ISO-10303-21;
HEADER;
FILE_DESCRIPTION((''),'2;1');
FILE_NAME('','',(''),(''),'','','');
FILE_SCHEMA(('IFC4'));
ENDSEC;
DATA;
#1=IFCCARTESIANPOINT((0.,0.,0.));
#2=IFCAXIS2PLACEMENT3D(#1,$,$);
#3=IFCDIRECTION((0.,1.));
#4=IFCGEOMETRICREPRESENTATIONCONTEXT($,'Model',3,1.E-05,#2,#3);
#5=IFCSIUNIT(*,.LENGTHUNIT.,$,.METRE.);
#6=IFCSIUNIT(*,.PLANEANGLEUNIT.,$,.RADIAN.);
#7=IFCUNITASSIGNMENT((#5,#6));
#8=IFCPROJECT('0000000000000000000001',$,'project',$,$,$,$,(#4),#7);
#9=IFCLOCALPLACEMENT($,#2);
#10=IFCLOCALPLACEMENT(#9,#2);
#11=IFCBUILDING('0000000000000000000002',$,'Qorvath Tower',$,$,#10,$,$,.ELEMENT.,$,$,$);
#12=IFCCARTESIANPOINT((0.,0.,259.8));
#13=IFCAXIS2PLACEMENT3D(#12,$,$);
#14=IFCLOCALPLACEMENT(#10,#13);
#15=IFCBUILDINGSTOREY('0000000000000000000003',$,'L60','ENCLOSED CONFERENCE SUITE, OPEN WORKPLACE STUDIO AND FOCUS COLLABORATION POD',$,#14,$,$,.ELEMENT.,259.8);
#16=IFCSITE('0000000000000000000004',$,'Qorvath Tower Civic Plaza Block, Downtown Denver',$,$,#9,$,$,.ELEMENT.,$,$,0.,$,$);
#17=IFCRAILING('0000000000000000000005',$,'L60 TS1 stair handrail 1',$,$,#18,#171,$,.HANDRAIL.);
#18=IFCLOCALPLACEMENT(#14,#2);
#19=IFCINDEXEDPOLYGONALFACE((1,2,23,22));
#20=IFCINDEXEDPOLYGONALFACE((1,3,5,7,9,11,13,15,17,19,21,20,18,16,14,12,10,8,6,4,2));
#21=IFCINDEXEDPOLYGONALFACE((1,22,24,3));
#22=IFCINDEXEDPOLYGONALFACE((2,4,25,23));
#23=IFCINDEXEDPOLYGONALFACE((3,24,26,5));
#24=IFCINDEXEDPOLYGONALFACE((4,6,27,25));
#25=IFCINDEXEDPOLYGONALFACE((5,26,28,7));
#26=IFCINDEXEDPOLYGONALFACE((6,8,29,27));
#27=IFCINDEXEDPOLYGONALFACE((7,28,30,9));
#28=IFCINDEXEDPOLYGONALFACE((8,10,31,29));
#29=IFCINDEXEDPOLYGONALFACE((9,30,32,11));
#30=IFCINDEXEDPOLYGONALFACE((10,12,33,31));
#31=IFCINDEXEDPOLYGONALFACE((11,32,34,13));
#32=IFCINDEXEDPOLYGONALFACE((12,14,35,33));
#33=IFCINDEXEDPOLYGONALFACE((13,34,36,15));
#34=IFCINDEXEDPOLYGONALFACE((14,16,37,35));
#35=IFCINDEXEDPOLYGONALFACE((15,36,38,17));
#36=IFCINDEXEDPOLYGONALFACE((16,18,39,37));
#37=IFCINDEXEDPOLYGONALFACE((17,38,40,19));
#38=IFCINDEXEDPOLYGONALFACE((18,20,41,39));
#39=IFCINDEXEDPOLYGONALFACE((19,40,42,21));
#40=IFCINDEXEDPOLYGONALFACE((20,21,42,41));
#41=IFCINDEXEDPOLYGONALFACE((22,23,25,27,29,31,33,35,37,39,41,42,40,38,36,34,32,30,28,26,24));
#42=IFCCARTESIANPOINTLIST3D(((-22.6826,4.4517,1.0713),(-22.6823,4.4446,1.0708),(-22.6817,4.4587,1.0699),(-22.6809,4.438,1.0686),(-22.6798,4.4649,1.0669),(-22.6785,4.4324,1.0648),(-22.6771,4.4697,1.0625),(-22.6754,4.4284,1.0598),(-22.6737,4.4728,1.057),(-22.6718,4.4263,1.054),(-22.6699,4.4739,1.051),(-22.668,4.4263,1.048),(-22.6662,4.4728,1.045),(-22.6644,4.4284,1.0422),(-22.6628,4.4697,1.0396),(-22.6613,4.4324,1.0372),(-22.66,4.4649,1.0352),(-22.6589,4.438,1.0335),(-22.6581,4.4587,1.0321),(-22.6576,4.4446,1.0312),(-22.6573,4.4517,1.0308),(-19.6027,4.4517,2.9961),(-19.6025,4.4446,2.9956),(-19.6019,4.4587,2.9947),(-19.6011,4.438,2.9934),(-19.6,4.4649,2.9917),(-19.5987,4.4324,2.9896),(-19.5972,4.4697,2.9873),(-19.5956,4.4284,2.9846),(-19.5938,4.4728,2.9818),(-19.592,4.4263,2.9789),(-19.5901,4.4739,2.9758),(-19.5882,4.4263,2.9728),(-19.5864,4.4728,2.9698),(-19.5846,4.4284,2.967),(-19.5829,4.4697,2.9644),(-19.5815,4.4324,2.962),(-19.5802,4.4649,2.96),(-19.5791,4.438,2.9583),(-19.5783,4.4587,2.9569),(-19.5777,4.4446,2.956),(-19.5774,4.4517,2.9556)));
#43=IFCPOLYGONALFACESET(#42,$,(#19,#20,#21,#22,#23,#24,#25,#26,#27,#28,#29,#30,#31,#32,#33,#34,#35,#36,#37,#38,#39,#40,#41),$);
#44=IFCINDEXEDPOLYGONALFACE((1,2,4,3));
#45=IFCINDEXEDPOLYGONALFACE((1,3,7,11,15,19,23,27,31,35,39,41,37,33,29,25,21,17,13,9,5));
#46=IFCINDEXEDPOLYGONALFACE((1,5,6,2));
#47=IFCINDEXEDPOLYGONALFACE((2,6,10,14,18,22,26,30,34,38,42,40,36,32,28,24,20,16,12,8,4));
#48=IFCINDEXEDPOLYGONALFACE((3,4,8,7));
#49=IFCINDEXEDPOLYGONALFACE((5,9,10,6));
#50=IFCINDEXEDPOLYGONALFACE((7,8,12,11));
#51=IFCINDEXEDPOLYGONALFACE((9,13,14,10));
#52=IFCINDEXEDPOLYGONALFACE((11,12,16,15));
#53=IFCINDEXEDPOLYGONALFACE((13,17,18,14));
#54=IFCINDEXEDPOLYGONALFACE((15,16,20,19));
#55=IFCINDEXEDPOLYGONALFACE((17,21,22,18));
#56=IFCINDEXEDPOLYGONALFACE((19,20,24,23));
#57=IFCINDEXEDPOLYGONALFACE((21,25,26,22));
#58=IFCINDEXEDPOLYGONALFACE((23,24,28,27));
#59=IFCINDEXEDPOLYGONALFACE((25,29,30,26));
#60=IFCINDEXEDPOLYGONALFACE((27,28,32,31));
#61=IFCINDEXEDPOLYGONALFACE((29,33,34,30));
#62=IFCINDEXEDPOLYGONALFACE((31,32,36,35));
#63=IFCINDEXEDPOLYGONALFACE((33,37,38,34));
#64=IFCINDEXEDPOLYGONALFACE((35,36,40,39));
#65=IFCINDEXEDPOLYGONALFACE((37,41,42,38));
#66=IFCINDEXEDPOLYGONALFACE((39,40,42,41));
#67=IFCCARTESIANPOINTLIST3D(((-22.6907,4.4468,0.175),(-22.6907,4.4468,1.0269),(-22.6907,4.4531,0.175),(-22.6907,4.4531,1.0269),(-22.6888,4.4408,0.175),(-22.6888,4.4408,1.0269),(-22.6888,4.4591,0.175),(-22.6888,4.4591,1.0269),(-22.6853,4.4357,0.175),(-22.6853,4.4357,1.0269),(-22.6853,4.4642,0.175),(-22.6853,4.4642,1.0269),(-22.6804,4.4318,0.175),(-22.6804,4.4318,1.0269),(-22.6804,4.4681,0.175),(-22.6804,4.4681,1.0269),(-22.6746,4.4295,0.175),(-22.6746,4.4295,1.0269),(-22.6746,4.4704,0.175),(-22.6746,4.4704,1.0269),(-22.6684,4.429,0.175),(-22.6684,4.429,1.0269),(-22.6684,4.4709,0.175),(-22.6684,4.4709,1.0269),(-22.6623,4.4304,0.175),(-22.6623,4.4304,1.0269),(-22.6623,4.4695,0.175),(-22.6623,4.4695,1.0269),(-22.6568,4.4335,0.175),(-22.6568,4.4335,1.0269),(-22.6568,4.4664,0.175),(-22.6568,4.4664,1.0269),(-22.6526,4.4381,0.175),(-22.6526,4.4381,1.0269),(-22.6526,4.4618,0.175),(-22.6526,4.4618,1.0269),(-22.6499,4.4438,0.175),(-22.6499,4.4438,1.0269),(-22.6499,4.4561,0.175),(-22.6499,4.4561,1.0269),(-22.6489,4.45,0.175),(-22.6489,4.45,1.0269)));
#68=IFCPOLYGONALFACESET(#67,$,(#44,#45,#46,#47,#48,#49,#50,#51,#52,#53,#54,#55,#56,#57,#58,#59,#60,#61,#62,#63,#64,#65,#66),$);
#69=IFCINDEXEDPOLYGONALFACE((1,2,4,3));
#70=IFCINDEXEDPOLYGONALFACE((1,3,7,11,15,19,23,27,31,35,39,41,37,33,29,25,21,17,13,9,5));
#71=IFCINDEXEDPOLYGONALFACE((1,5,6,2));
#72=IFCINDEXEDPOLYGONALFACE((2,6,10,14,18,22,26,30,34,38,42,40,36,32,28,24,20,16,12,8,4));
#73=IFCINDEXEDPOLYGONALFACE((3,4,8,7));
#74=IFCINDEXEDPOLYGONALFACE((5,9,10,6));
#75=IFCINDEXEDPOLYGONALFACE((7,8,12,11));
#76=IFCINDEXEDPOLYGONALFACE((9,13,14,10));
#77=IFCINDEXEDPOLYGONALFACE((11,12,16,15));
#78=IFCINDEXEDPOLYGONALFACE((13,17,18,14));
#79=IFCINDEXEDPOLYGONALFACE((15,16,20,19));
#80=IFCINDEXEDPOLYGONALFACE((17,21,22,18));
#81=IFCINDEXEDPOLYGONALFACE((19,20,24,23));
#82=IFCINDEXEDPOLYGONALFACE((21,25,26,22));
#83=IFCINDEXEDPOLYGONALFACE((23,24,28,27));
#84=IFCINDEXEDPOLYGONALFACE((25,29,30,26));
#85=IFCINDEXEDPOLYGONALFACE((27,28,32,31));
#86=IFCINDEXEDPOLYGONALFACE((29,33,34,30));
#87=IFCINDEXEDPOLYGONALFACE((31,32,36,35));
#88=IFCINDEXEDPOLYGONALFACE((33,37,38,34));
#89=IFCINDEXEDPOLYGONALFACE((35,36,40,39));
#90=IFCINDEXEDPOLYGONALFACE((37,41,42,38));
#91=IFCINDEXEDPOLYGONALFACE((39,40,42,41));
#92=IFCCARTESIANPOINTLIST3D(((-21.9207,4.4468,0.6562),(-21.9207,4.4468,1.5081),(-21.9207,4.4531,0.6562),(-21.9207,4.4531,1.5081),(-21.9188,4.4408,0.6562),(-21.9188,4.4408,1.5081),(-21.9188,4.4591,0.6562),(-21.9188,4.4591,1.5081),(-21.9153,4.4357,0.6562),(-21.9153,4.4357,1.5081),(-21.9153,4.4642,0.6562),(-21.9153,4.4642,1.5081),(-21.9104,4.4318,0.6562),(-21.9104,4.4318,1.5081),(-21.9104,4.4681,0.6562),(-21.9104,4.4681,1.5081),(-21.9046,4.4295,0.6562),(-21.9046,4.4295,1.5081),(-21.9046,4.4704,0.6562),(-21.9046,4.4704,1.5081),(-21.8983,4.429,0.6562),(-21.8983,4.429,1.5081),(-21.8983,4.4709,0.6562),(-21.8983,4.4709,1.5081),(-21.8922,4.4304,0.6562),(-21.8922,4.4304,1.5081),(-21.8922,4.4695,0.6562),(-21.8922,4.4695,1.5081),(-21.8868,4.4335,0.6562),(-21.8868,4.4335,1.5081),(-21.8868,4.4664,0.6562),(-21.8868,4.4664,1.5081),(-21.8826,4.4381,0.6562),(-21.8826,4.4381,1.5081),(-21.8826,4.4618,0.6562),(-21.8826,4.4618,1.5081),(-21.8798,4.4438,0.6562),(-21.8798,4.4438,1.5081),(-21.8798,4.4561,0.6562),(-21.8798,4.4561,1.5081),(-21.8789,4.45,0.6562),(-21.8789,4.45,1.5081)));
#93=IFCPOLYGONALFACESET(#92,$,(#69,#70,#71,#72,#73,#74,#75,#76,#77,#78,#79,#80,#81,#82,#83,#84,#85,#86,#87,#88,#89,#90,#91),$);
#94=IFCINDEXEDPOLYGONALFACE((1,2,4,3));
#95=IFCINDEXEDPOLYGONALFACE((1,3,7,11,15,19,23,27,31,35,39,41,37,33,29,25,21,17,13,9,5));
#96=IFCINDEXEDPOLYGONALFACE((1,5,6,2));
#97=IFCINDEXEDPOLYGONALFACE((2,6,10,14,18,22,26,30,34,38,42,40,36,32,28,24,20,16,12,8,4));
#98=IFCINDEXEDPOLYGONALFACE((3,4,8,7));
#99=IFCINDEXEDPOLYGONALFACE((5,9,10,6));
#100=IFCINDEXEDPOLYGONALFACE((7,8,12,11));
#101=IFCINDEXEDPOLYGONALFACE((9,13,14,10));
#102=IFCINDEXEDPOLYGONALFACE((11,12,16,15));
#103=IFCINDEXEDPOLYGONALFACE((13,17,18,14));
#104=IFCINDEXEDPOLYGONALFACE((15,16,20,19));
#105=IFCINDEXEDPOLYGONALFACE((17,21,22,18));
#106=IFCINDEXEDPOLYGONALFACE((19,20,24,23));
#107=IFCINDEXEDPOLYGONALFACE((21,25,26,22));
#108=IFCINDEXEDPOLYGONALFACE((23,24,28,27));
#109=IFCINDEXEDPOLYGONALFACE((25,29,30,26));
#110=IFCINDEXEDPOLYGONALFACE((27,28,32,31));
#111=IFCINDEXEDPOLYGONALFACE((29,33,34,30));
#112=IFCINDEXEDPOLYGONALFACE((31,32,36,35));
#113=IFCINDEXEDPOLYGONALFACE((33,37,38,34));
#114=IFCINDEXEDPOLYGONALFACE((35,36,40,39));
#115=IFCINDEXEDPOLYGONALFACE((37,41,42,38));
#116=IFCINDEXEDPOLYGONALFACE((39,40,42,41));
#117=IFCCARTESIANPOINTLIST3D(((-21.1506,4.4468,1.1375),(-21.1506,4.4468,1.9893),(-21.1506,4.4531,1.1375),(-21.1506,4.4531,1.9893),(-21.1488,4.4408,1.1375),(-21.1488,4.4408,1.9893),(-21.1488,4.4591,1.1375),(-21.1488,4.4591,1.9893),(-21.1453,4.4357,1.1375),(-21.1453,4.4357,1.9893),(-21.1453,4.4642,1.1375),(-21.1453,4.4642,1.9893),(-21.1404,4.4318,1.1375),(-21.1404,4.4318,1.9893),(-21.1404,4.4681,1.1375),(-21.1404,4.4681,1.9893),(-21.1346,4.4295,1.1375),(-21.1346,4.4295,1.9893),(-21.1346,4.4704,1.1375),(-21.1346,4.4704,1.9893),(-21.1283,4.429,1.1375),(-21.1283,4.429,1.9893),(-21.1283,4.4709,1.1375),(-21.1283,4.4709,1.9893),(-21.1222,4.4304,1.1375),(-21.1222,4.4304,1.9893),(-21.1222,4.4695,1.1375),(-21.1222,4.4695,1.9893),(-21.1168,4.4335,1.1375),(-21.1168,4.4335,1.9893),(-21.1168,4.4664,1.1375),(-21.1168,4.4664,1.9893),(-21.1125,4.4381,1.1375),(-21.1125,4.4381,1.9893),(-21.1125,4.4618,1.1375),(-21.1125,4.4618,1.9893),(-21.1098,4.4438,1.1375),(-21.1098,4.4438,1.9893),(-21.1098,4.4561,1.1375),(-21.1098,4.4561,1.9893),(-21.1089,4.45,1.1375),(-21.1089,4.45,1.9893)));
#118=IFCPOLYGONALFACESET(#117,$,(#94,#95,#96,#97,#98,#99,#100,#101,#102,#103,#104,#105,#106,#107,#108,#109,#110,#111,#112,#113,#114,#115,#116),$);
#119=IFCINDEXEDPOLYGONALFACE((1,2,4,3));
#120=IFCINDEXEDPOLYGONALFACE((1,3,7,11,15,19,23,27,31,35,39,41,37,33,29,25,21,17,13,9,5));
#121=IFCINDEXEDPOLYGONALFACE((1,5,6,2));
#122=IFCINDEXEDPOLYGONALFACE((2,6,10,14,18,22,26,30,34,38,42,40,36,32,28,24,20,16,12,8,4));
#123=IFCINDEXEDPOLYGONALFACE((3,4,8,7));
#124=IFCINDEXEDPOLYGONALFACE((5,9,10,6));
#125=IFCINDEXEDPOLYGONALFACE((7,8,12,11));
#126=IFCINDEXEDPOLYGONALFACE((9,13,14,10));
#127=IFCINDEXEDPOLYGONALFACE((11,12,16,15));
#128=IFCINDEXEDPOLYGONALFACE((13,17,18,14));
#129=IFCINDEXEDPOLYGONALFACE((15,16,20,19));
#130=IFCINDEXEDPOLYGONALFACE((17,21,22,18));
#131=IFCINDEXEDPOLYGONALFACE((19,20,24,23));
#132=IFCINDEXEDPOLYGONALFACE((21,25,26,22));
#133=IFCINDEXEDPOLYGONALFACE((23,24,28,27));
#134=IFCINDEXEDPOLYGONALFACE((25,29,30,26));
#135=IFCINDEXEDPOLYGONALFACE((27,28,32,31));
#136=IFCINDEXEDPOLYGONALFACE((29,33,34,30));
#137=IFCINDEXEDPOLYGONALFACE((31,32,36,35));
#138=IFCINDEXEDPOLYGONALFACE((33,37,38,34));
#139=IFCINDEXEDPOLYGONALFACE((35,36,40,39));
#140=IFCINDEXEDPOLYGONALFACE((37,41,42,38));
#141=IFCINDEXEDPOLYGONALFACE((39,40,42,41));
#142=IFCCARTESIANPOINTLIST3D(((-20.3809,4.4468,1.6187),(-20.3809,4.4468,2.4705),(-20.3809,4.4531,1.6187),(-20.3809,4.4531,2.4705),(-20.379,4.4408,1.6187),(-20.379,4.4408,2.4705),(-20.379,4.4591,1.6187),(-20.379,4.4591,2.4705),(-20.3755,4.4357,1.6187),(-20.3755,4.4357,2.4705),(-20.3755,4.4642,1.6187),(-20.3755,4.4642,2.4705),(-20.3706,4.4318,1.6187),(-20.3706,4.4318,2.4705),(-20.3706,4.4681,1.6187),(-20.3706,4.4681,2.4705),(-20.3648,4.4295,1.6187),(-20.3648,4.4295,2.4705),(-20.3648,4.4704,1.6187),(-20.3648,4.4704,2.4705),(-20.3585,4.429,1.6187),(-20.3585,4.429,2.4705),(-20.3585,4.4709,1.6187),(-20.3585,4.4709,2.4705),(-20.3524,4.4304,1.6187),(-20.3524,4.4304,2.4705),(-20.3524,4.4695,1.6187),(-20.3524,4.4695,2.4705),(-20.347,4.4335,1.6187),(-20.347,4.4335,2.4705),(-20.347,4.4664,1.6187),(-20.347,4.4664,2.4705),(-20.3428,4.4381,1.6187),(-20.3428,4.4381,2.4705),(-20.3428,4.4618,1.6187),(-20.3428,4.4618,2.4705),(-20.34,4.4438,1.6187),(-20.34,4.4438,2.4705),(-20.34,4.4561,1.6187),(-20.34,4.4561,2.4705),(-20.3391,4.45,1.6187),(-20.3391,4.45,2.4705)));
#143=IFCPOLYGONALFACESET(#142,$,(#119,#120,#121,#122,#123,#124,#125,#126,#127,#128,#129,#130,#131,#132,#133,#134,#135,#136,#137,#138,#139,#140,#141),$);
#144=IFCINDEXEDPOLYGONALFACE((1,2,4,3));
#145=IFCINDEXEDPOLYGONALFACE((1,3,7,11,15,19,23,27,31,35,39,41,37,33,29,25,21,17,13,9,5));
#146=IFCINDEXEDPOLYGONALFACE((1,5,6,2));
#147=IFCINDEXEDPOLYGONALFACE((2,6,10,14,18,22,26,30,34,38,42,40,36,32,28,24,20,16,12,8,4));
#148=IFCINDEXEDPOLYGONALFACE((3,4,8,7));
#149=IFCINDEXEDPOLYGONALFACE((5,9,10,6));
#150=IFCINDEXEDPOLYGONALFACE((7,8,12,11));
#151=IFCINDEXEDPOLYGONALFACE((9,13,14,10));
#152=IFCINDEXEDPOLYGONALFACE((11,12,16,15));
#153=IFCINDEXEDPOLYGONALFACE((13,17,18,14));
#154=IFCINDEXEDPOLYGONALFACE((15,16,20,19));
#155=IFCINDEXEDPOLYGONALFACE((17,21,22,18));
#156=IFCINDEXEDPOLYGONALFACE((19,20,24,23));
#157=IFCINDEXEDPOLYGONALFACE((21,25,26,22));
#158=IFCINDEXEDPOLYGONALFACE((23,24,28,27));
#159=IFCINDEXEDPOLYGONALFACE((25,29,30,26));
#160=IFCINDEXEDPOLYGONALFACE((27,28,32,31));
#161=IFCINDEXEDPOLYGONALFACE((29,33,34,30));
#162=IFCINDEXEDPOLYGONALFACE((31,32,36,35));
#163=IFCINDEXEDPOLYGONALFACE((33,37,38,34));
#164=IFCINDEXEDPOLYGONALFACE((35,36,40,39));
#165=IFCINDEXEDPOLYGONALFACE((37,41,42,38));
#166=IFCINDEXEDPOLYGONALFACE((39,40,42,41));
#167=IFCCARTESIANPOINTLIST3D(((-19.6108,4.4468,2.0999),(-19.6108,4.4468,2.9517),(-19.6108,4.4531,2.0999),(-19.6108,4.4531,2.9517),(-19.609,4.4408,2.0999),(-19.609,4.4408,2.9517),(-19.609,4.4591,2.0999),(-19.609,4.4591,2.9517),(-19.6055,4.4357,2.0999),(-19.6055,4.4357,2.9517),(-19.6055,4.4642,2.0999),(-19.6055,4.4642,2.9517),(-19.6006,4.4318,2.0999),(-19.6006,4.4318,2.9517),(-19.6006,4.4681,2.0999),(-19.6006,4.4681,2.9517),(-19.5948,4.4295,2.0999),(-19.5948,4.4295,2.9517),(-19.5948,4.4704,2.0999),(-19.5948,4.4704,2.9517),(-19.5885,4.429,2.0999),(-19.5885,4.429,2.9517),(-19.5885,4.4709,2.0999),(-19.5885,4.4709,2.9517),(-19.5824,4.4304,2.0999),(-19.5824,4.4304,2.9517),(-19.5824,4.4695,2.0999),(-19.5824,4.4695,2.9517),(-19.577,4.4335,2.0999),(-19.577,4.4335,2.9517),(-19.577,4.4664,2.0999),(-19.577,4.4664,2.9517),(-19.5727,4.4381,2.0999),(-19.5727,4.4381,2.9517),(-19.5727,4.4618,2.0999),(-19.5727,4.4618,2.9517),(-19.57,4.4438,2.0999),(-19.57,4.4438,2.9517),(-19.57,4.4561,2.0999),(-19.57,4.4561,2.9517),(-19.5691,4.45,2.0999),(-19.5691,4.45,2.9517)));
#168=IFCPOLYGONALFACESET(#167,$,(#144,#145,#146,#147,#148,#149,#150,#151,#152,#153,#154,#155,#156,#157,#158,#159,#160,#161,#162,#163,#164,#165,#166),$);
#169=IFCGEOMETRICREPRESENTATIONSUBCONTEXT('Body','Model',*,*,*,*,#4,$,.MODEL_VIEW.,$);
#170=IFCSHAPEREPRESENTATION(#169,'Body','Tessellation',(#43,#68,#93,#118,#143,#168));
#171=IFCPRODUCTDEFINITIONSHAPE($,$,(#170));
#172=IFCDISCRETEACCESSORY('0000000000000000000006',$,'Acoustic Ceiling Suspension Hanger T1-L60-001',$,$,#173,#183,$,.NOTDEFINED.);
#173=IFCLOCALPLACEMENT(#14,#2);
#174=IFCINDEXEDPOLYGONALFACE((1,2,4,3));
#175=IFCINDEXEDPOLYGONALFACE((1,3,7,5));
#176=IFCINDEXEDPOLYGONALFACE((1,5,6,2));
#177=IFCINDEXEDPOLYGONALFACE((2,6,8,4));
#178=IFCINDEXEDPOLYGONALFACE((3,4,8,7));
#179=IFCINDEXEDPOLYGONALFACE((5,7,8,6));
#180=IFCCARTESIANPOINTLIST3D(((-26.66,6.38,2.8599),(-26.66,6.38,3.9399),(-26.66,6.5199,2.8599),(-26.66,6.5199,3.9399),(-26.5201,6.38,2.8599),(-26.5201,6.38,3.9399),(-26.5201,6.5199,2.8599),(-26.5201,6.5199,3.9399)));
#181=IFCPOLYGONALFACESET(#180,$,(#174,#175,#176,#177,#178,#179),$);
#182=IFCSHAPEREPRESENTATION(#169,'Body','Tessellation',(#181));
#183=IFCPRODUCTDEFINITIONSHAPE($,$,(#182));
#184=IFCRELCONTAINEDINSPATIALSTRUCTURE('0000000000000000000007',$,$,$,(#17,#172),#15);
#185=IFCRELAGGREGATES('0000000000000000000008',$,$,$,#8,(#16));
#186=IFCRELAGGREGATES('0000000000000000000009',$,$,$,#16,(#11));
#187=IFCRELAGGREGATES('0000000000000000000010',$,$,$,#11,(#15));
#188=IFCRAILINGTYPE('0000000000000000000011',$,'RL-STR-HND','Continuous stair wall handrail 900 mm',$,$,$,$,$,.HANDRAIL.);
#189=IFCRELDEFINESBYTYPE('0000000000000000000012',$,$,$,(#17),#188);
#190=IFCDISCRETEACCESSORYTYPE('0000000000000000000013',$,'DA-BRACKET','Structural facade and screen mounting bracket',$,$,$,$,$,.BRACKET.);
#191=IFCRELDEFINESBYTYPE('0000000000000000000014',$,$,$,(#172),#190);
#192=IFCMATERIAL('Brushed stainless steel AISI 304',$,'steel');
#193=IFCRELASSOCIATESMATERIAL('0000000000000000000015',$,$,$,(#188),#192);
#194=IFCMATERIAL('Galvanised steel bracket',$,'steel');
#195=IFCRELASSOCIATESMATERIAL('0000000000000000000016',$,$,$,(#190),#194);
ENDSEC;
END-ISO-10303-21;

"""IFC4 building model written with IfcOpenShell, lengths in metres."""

from ifc_helpers import new_model, si_unit, direction, frame, origin, origin_2d, place, context, subcontext, project, spatial, rectangle, circle, extrude, material, type_object, element, save


model = new_model("IFC4")

# Units and contexts
model_context = context("Model", 3, precision=1e-05, world=origin(), true_north=direction((0.0, 1.0)))
body_context = subcontext(model_context, "Body", "Model", "MODEL_VIEW")
ifc_project = project(units=[si_unit("LENGTHUNIT", "METRE"), si_unit("PLANEANGLEUNIT", "RADIAN")], contexts=[model_context])

# Site, building, storey
site_placement = place(None, origin())
site = spatial("IfcSite", under=ifc_project, at=site_placement, Name="Qorvath Tower Civic Plaza Block, Downtown Denver", CompositionType="ELEMENT", RefElevation=0.0)
building_placement = place(site_placement, origin())
building = spatial("IfcBuilding", under=site, at=building_placement, Name="Qorvath Tower", CompositionType="ELEMENT")
storey_placement = place(building_placement, frame((0.0, 0.0, 259.8)))
storey = spatial("IfcBuildingStorey", under=building, at=storey_placement, Name="L60", Description="ENCLOSED CONFERENCE SUITE, OPEN WORKPLACE STUDIO AND FOCUS COLLABORATION POD", CompositionType="ELEMENT", Elevation=259.8)

# Railing
ifc_material_1 = material(Name="Brushed stainless steel AISI 304", Category="steel")
railing_type_1 = type_object("IfcRailingType", Name="RL-STR-HND", Description="Continuous stair wall handrail 900 mm", PredefinedType="HANDRAIL", material=ifc_material_1)
railing_1_placement = place(storey_placement, frame((-22.6699, 4.45, 0.175)))
element("IfcRailing", 1, at=railing_1_placement, inside=storey, type_object=railing_type_1, Name="L60 TS1 stair handrail 1", PredefinedType="HANDRAIL", context=body_context, shape_type="SweptSolid", body=[
    extrude(circle(Radius=0.0239, at=origin_2d()), frame((0.0, 0.0, 0.876), z_axis=(0.84801, 0.0, 0.529981), x_axis=(0.0, 1.0, 0.0)), (0.0, 0.0, 1.0), 3.6318),
    extrude(circle(Radius=0.021, at=origin_2d()), origin(), (0.0, 0.0, 1.0), 0.8518),
    extrude(circle(Radius=0.021, at=origin_2d()), frame((0.77, 0.0, 0.4812)), (0.0, 0.0, 1.0), 0.8518),
    extrude(circle(Radius=0.021, at=origin_2d()), frame((1.54, 0.0, 0.9624)), (0.0, 0.0, 1.0), 0.8518),
    extrude(circle(Radius=0.021, at=origin_2d()), frame((2.3098, 0.0, 1.4436)), (0.0, 0.0, 1.0), 0.8518),
    extrude(circle(Radius=0.021, at=origin_2d()), frame((3.0798, 0.0, 1.9248)), (0.0, 0.0, 1.0), 0.8518),
])

# Discrete accessory
ifc_material_2 = material(Name="Galvanised steel bracket", Category="steel")
discrete_accessory_type = type_object("IfcDiscreteAccessoryType", Name="DA-BRACKET", Description="Structural facade and screen mounting bracket", PredefinedType="BRACKET", material=ifc_material_2)
discrete_accessory_placement = place(storey_placement, frame((-26.5901, 6.45, 2.8599), z_axis=(0.0, 0.0, 1.0), x_axis=(1.0, 0.0, 0.0)))
element("IfcDiscreteAccessory", 2, at=discrete_accessory_placement, inside=storey, type_object=discrete_accessory_type, Name="Acoustic Ceiling Suspension Hanger T1-L60-001", PredefinedType="NOTDEFINED", context=body_context, shape_type="SweptSolid", body=[
    extrude(rectangle(XDim=0.1399, YDim=0.1399, at=origin_2d()), origin(), (0.0, 0.0, 1.0), 1.0801),
])

save(model, "model.ifc")
